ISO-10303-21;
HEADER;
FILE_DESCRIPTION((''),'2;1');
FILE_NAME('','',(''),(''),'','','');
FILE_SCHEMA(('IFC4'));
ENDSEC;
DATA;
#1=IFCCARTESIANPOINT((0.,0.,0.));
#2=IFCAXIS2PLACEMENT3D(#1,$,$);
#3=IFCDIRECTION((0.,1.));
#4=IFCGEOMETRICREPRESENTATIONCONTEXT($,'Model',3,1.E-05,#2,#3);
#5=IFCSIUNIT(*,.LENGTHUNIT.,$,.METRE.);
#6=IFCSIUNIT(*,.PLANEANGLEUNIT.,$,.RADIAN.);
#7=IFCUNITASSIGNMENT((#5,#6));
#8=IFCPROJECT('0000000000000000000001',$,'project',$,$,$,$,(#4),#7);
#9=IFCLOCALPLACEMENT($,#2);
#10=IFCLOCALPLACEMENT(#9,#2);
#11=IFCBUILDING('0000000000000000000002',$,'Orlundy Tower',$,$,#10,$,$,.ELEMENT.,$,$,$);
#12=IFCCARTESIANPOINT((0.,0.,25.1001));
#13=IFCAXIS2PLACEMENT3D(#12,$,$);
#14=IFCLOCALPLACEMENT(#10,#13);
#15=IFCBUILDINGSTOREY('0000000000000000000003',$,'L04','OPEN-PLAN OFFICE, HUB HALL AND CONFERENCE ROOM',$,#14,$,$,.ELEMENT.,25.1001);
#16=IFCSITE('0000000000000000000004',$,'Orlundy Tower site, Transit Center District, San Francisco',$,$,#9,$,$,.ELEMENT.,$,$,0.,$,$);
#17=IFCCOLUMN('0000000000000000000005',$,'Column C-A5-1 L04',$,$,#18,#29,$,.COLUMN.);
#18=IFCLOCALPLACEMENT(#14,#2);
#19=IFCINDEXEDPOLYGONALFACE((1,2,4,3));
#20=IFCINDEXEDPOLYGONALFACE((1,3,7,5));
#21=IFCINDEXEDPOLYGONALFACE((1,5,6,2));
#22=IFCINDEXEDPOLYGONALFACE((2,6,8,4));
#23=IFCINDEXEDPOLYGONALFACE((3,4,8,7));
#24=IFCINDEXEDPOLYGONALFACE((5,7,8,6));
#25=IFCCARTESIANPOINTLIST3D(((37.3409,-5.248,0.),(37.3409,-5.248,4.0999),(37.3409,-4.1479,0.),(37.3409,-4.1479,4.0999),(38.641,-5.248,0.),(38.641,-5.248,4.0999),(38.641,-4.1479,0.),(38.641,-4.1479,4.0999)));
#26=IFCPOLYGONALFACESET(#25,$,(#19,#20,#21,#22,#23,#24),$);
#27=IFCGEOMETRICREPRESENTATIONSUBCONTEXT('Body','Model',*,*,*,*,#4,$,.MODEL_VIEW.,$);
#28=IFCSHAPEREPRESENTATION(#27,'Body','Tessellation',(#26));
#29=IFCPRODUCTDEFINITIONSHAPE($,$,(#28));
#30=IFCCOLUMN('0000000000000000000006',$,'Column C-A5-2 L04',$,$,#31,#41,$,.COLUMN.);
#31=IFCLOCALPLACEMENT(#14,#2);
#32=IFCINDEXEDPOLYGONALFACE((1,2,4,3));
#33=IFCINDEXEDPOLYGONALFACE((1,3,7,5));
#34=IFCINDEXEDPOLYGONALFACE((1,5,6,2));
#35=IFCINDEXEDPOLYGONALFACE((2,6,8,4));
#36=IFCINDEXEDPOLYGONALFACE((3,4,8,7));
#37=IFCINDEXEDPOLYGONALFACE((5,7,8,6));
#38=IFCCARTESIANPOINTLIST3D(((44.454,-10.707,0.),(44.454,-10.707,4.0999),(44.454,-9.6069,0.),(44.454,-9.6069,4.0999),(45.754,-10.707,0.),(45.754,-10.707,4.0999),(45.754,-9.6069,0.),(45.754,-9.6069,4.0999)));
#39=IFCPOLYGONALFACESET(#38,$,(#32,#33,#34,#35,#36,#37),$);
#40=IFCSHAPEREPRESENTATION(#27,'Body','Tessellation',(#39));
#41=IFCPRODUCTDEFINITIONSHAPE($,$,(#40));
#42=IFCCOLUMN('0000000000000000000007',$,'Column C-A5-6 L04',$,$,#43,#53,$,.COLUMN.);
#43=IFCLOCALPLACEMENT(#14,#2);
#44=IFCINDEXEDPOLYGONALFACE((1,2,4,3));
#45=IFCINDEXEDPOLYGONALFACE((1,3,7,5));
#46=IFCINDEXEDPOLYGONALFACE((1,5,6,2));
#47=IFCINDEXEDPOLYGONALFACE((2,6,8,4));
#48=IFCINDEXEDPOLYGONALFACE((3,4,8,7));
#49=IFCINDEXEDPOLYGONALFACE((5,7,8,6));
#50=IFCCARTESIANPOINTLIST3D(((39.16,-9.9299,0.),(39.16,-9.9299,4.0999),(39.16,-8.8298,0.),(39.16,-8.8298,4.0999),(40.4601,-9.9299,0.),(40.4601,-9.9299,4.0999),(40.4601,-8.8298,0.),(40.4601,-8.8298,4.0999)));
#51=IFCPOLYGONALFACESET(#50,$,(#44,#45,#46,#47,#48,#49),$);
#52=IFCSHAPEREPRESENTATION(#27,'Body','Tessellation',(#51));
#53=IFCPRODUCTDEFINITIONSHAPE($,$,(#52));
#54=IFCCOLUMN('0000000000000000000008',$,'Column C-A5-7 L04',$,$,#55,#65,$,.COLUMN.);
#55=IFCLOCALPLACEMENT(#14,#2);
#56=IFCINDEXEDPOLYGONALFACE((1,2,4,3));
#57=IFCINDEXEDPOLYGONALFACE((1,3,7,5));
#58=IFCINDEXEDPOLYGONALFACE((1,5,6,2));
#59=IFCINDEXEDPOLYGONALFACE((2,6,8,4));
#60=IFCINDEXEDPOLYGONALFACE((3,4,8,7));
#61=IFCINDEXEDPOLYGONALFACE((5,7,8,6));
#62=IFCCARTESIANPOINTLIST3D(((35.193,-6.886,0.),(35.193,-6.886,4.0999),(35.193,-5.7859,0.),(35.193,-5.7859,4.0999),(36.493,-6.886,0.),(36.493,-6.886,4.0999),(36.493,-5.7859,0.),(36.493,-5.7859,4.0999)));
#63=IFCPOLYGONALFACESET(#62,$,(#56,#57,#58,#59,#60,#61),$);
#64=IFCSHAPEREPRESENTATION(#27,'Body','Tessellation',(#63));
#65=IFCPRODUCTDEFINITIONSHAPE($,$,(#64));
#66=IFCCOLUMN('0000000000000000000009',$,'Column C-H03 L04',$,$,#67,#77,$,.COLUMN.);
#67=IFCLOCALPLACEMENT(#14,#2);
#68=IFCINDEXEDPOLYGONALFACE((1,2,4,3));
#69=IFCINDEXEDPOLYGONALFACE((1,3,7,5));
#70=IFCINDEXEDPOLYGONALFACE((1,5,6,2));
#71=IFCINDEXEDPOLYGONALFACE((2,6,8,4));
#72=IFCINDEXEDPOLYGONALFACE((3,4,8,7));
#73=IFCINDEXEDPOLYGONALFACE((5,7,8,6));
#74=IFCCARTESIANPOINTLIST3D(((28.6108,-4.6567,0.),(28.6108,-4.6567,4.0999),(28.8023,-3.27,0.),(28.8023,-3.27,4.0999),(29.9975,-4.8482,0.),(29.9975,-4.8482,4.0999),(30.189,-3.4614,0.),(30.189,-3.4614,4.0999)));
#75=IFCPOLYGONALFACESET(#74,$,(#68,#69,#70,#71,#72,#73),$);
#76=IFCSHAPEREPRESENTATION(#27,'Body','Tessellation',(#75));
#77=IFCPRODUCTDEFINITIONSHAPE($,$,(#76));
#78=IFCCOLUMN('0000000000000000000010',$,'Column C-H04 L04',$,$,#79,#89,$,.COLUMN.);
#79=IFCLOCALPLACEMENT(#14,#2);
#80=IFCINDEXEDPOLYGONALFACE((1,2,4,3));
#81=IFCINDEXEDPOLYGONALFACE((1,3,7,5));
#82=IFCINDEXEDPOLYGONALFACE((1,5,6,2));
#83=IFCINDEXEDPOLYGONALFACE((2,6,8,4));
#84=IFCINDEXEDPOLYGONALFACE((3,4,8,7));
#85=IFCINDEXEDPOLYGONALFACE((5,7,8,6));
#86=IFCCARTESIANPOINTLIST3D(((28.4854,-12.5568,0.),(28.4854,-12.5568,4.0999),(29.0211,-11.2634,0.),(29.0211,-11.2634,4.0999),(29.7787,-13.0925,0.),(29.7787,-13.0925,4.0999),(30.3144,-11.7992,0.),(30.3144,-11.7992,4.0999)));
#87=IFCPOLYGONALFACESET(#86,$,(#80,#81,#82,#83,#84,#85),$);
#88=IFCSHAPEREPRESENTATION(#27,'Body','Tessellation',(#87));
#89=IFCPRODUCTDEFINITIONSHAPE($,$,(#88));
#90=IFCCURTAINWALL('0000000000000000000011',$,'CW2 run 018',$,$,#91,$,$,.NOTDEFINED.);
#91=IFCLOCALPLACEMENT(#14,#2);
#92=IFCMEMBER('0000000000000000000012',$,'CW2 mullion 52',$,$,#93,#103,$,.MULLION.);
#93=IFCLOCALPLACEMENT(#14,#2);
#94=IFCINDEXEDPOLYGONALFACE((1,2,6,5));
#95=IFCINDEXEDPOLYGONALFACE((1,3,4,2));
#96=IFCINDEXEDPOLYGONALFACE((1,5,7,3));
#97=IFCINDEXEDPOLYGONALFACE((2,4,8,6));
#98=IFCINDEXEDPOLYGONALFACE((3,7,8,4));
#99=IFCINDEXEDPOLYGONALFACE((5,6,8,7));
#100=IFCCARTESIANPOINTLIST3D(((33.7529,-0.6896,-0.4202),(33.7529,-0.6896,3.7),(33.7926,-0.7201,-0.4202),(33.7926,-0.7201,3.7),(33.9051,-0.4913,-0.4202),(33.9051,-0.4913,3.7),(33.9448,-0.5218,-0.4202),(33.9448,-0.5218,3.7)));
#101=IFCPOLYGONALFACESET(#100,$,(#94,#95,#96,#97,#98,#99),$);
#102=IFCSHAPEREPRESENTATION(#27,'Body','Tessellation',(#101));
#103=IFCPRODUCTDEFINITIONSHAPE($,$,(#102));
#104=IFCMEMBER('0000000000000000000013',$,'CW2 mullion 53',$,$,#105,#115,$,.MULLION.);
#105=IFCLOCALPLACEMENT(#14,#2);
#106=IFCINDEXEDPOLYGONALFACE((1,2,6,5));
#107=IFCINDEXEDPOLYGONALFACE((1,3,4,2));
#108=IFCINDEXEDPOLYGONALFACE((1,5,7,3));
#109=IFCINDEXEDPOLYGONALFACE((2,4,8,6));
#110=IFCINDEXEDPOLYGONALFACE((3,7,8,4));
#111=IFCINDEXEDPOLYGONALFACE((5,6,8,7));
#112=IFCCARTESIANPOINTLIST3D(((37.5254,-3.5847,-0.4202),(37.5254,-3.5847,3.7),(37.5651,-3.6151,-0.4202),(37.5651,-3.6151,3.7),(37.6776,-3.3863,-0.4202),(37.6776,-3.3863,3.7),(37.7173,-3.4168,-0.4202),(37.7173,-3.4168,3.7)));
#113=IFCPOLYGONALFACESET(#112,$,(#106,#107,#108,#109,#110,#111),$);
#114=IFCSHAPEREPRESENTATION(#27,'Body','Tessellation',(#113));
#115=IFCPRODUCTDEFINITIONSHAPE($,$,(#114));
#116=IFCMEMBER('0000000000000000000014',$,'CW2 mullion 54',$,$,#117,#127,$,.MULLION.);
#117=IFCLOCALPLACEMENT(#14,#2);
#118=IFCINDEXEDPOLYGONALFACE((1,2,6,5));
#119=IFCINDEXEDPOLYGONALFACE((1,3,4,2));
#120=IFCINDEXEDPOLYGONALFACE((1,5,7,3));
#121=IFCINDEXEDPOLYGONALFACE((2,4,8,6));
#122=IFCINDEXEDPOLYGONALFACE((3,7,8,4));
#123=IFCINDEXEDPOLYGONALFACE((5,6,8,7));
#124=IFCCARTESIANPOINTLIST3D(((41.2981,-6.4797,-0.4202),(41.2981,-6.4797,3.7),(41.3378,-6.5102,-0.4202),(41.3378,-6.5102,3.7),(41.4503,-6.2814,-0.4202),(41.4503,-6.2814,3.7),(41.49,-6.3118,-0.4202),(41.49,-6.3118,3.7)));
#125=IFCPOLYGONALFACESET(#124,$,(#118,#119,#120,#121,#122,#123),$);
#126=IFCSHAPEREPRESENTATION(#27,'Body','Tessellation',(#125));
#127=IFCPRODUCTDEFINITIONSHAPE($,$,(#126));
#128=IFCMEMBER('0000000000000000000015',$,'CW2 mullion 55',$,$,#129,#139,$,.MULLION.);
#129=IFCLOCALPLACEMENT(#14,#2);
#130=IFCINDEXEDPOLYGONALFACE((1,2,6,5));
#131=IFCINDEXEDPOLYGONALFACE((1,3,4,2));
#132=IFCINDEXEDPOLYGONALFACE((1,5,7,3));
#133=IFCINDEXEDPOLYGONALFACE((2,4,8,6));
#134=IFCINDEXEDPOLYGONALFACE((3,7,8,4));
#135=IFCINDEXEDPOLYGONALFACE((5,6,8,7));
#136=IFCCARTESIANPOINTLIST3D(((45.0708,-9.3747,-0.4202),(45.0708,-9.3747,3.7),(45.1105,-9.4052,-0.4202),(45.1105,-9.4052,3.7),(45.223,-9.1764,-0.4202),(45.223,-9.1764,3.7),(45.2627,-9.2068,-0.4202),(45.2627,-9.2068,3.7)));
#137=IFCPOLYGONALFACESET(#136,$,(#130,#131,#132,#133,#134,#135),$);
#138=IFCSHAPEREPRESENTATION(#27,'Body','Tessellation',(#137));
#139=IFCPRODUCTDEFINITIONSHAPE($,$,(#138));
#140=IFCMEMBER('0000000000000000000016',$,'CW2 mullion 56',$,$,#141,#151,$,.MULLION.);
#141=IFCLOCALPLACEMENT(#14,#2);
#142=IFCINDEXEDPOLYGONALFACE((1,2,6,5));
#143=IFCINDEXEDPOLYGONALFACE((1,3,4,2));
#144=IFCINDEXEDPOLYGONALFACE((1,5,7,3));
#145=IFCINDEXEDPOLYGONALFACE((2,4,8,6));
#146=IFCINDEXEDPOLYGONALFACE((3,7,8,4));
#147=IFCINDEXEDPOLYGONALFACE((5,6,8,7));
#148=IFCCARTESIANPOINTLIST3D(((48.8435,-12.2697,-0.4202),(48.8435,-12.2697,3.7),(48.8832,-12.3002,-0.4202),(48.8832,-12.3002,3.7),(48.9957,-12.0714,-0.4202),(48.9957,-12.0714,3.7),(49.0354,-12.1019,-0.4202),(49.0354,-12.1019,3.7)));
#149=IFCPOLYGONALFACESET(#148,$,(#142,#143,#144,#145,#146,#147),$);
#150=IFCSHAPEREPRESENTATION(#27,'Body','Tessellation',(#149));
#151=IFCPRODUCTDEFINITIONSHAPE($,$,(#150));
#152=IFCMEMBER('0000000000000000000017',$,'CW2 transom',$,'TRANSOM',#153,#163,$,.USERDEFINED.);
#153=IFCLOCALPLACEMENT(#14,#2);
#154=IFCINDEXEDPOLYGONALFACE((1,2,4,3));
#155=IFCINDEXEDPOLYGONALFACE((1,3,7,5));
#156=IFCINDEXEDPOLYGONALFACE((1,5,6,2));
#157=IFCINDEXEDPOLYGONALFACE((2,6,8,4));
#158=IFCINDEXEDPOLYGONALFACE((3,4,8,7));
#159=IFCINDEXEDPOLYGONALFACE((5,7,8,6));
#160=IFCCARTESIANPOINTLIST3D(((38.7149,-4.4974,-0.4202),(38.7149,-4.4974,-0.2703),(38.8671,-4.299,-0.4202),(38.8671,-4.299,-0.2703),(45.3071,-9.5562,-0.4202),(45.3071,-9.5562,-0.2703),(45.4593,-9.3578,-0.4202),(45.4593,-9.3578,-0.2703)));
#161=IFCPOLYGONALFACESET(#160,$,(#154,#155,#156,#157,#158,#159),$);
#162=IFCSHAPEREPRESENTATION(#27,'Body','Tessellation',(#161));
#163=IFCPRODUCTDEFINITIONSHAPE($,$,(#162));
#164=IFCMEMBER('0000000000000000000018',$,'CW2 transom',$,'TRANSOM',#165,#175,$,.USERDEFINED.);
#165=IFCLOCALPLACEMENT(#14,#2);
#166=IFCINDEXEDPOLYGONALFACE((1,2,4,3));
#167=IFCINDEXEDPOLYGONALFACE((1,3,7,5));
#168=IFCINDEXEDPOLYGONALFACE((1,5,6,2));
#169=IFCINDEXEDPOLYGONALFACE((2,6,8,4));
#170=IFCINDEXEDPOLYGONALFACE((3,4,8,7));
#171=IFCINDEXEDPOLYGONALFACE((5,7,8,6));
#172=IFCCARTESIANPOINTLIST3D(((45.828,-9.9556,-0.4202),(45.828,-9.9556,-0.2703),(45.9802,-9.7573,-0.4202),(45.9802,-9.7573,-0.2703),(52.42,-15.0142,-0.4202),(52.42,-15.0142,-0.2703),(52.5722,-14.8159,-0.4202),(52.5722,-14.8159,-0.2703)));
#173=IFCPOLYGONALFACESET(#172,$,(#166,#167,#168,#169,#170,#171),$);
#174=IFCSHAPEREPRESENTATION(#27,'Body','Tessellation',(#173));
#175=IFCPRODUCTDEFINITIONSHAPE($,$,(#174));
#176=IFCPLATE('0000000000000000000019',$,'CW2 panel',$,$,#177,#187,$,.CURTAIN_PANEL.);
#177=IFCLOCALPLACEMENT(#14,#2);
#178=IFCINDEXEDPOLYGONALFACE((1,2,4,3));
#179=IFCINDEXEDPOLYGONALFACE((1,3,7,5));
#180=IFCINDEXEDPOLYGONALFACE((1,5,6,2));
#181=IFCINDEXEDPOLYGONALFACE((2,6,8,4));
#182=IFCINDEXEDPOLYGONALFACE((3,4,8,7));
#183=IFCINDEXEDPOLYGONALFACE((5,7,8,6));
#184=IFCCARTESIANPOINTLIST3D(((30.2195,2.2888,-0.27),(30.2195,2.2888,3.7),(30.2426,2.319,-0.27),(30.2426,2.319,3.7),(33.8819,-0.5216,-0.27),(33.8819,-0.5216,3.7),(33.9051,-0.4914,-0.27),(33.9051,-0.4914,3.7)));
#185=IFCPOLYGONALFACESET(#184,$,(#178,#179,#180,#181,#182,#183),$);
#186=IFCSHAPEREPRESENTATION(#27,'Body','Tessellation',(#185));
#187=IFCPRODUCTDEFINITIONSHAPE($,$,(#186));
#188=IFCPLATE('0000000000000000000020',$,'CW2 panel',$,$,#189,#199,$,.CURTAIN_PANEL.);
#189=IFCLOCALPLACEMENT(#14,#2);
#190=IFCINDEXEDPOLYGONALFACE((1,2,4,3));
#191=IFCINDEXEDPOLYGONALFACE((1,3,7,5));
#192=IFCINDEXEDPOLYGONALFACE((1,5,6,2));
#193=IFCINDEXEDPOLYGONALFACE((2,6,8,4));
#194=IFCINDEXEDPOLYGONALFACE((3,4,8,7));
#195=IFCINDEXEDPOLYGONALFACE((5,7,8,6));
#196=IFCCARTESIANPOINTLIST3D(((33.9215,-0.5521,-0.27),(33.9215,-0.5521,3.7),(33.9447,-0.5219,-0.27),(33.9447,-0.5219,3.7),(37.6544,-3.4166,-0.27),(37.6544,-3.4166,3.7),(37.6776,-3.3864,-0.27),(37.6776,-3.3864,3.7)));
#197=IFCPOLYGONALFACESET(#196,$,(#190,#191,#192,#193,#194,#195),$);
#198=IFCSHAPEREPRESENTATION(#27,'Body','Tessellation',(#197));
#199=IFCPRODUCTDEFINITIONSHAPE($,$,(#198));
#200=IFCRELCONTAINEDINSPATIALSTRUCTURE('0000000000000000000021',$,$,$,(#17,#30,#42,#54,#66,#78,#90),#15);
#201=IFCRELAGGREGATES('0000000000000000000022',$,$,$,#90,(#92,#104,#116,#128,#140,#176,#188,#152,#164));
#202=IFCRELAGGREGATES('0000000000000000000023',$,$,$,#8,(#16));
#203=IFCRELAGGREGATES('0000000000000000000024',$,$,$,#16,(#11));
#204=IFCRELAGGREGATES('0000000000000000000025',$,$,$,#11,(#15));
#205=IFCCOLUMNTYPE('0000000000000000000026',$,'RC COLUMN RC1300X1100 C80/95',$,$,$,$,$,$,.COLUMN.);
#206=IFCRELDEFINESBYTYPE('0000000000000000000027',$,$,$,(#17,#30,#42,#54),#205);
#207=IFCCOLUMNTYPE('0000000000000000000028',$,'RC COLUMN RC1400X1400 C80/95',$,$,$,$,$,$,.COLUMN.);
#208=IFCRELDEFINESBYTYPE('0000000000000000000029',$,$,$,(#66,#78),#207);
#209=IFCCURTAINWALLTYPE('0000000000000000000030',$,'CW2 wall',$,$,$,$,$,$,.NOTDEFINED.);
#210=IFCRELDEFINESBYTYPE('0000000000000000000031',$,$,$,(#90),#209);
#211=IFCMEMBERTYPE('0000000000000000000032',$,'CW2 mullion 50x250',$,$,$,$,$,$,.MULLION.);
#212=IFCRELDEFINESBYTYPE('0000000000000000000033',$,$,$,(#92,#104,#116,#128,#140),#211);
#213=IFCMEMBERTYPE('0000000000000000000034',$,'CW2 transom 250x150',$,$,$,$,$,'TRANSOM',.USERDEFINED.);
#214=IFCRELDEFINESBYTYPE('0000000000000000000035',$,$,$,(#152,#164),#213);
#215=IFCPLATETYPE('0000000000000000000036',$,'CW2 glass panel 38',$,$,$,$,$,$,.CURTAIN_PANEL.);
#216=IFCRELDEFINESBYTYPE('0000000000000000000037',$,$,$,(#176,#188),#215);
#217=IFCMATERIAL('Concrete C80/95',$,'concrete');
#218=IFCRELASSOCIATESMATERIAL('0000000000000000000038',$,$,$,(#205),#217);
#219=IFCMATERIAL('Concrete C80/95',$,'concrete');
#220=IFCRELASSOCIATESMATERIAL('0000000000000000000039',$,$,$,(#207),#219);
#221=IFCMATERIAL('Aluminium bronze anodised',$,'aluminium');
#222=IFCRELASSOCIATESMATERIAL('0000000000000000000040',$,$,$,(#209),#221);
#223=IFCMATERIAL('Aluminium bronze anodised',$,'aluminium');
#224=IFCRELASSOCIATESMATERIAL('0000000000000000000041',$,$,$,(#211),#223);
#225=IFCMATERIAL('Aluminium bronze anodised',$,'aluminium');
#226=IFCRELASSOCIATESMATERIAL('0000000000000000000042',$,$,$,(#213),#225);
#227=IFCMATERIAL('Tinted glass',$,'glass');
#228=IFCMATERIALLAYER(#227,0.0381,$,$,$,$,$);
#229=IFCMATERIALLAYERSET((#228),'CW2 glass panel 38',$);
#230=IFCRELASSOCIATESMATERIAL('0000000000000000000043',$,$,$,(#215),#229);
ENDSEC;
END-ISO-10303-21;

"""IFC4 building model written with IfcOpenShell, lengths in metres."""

from ifc_helpers import new_model, si_unit, direction, frame, origin, origin_2d, place, context, subcontext, project, spatial, rectangle, extrude, material, layer, layer_set, material_profile, profile_set, type_object, element, aggregate, save


model = new_model("IFC4")

# Units and contexts
model_context = context("Model", 3, precision=1e-05, world=origin(), true_north=direction((0.0, 1.0)))
body_context = subcontext(model_context, "Body", "Model", "MODEL_VIEW")
ifc_project = project(units=[si_unit("LENGTHUNIT", "METRE"), si_unit("PLANEANGLEUNIT", "RADIAN")], contexts=[model_context])

# Site, building, storey
site_placement = place(None, origin())
site = spatial("IfcSite", under=ifc_project, at=site_placement, Name="Orlundy Tower site, Transit Center District, San Francisco", CompositionType="ELEMENT", RefElevation=0.0)
building_placement = place(site_placement, origin())
building = spatial("IfcBuilding", under=site, at=building_placement, Name="Orlundy Tower", CompositionType="ELEMENT")
storey_placement = place(building_placement, frame((0.0, 0.0, 25.1001)))
storey = spatial("IfcBuildingStorey", under=building, at=storey_placement, Name="L04", Description="OPEN-PLAN OFFICE, HUB HALL AND CONFERENCE ROOM", CompositionType="ELEMENT", Elevation=25.1001)

# Columns
ifc_material_1 = material(Name="Concrete C80/95", Category="concrete")
ifc_material_profile_1 = material_profile(ifc_material_1, rectangle(XDim=1.3, YDim=1.1001, at=origin_2d()), Name="RC1300X1100")
ifc_profile_set_1 = profile_set([ifc_material_profile_1], Name="Concrete C80/95")
column_type_1 = type_object("IfcColumnType", Name="RC COLUMN RC1300X1100 C80/95", PredefinedType="COLUMN", material=ifc_profile_set_1)
for number, where, z_axis, x_axis, name in (
    (1, (37.991, -4.698, 0.0), (0.0, 0.0, 1.0), (1.0, 0.0, 0.0), "Column C-A5-1 L04"),
    (2, (45.104, -10.157, 0.0), (0.0, 0.0, 1.0), (1.0, 0.0, 0.0), "Column C-A5-2 L04"),
    (3, (39.8101, -9.3799, 0.0), (0.0, 0.0, 1.0), (1.0, 0.0, 0.0), "Column C-A5-6 L04"),
    (4, (35.843, -6.3359, 0.0), (0.0, 0.0, 1.0), (1.0, 0.0, 0.0), "Column C-A5-7 L04"),
):
    element("IfcColumn", number, at=place(storey_placement, frame(where, z_axis=z_axis, x_axis=x_axis)), inside=storey, type_object=column_type_1, Name=name, PredefinedType="COLUMN", context=body_context, shape_type="SweptSolid", body=[
        extrude(rectangle(XDim=1.3, YDim=1.1001, at=origin_2d()), origin(), (0.0, 0.0, 1.0), 4.0999),
    ])
ifc_material_2 = material(Name="Concrete C80/95", Category="concrete")
ifc_material_profile_2 = material_profile(ifc_material_2, rectangle(XDim=1.3999, YDim=1.3999, at=origin_2d()), Name="RC1400X1400")
ifc_profile_set_2 = profile_set([ifc_material_profile_2], Name="Concrete C80/95")
column_type_2 = type_object("IfcColumnType", Name="RC COLUMN RC1400X1400 C80/95", PredefinedType="COLUMN", material=ifc_profile_set_2)
for number, where, z_axis, x_axis, name in (
    (5, (29.3999, -4.0591, 0.0), (0.0, 0.0, 1.0), (0.990603, -0.13677, 0.0), "Column C-H03 L04"),
    (6, (29.3999, -12.178, 0.0), (0.0, 0.0, 1.0), (0.92388, -0.382683, 0.0), "Column C-H04 L04"),
):
    element("IfcColumn", number, at=place(storey_placement, frame(where, z_axis=z_axis, x_axis=x_axis)), inside=storey, type_object=column_type_2, Name=name, PredefinedType="COLUMN", context=body_context, shape_type="SweptSolid", body=[
        extrude(rectangle(XDim=1.3999, YDim=1.3999, at=origin_2d()), origin(), (0.0, 0.0, 1.0), 4.0999),
    ])

# Curtain wall, members, plates
ifc_material_3 = material(Name="Aluminium bronze anodised", Category="aluminium")
curtain_wall_type = type_object("IfcCurtainWallType", Name="CW2 wall", PredefinedType="NOTDEFINED", material=ifc_material_3)
curtain_wall_placement = place(storey_placement, origin())
curtain_wall = element("IfcCurtainWall", 7, at=curtain_wall_placement, inside=storey, type_object=curtain_wall_type, Name="CW2 run 018", PredefinedType="NOTDEFINED")
ifc_material_4 = material(Name="Aluminium bronze anodised", Category="aluminium")
ifc_material_profile_3 = material_profile(ifc_material_4, rectangle(XDim=0.25, YDim=0.05, at=origin_2d()), Name="CW2 mullion 50x250")
ifc_profile_set_3 = profile_set([ifc_material_profile_3], Name="Aluminium bronze anodised")
member_type_1 = type_object("IfcMemberType", Name="CW2 mullion 50x250", PredefinedType="MULLION", material=ifc_profile_set_3)
member_1_placement = place(storey_placement, frame((33.8489, -0.6057, -0.4202), z_axis=(0.0, 0.0, 1.0), x_axis=(0.608779, 0.79334, 0.0)))
member_1 = element("IfcMember", 8, at=member_1_placement, type_object=member_type_1, Name="CW2 mullion 52", PredefinedType="MULLION", context=body_context, shape_type="SweptSolid", body=[
    extrude(rectangle(XDim=0.25, YDim=0.05, at=origin_2d()), origin(), (0.0, 0.0, 1.0), 4.1201),
])
member_2_placement = place(storey_placement, frame((37.6213, -3.5007, -0.4202), z_axis=(0.0, 0.0, 1.0), x_axis=(0.608779, 0.79334, 0.0)))
member_2 = element("IfcMember", 9, at=member_2_placement, type_object=member_type_1, Name="CW2 mullion 53", PredefinedType="MULLION", context=body_context, shape_type="SweptSolid", body=[
    extrude(rectangle(XDim=0.25, YDim=0.05, at=origin_2d()), origin(), (0.0, 0.0, 1.0), 4.1201),
])
member_3_placement = place(storey_placement, frame((41.394, -6.3958, -0.4202), z_axis=(0.0, 0.0, 1.0), x_axis=(0.608779, 0.79334, 0.0)))
member_3 = element("IfcMember", 10, at=member_3_placement, type_object=member_type_1, Name="CW2 mullion 54", PredefinedType="MULLION", context=body_context, shape_type="SweptSolid", body=[
    extrude(rectangle(XDim=0.25, YDim=0.05, at=origin_2d()), origin(), (0.0, 0.0, 1.0), 4.1201),
])
member_4_placement = place(storey_placement, frame((45.1667, -9.2908, -0.4202), z_axis=(0.0, 0.0, 1.0), x_axis=(0.608779, 0.79334, 0.0)))
member_4 = element("IfcMember", 11, at=member_4_placement, type_object=member_type_1, Name="CW2 mullion 55", PredefinedType="MULLION", context=body_context, shape_type="SweptSolid", body=[
    extrude(rectangle(XDim=0.25, YDim=0.05, at=origin_2d()), origin(), (0.0, 0.0, 1.0), 4.1201),
])
member_5_placement = place(storey_placement, frame((48.9395, -12.1858, -0.4202), z_axis=(0.0, 0.0, 1.0), x_axis=(0.608779, 0.79334, 0.0)))
member_5 = element("IfcMember", 12, at=member_5_placement, type_object=member_type_1, Name="CW2 mullion 56", PredefinedType="MULLION", context=body_context, shape_type="SweptSolid", body=[
    extrude(rectangle(XDim=0.25, YDim=0.05, at=origin_2d()), origin(), (0.0, 0.0, 1.0), 4.1201),
])
ifc_material_5 = material(Name="Aluminium bronze anodised", Category="aluminium")
ifc_material_profile_4 = material_profile(ifc_material_5, rectangle(XDim=0.25, YDim=0.1499, at=origin_2d()), Name="CW2 transom 250x150")
ifc_profile_set_4 = profile_set([ifc_material_profile_4], Name="Aluminium bronze anodised")
member_type_2 = type_object("IfcMemberType", Name="CW2 transom 250x150", ElementType="TRANSOM", PredefinedType="USERDEFINED", material=ifc_profile_set_4)
member_6_placement = place(storey_placement, frame((38.791, -4.3982, -0.3452), z_axis=(0.79333, -0.608792, 0.0), x_axis=(0.608792, 0.79333, 0.0)))
member_6 = element("IfcMember", 13, at=member_6_placement, type_object=member_type_2, Name="CW2 transom", ObjectType="TRANSOM", PredefinedType="USERDEFINED", context=body_context, shape_type="SweptSolid", body=[
    extrude(rectangle(XDim=0.25, YDim=0.1499, at=origin_2d()), origin(), (0.0, 0.0, 1.0), 8.3096),
])
member_7_placement = place(storey_placement, frame((45.9041, -9.8564, -0.3452), z_axis=(0.793333, -0.608787, 0.0), x_axis=(0.608787, 0.793333, 0.0)))
member_7 = element("IfcMember", 14, at=member_7_placement, type_object=member_type_2, Name="CW2 transom", ObjectType="TRANSOM", PredefinedType="USERDEFINED", context=body_context, shape_type="SweptSolid", body=[
    extrude(rectangle(XDim=0.25, YDim=0.1499, at=origin_2d()), origin(), (0.0, 0.0, 1.0), 8.3093),
])
ifc_material_6 = material(Name="Tinted glass", Category="glass")
ifc_layer_1 = layer(ifc_material_6, 0.0381)
ifc_layer_set_1 = layer_set([ifc_layer_1], Name="CW2 glass panel 38")
plate_type = type_object("IfcPlateType", Name="CW2 glass panel 38", PredefinedType="CURTAIN_PANEL", material=ifc_layer_set_1)
plate_1_placement = place(storey_placement, frame((32.0623, 0.8987, -0.27), z_axis=(0.0, 0.0, 1.0), x_axis=(0.79334, -0.608779, 0.0)))
plate_1 = element("IfcPlate", 15, at=plate_1_placement, type_object=plate_type, Name="CW2 panel", PredefinedType="CURTAIN_PANEL", context=body_context, shape_type="SweptSolid", body=[
    extrude(rectangle(XDim=4.6165, YDim=0.0381, at=origin_2d()), origin(), (0.0, 0.0, 1.0), 3.97),
])
plate_2_placement = place(storey_placement, frame((35.7996, -1.9692, -0.27), z_axis=(0.0, 0.0, 1.0), x_axis=(0.79334, -0.608779, 0.0)))
plate_2 = element("IfcPlate", 16, at=plate_2_placement, type_object=plate_type, Name="CW2 panel", PredefinedType="CURTAIN_PANEL", context=body_context, shape_type="SweptSolid", body=[
    extrude(rectangle(XDim=4.7053, YDim=0.0381, at=origin_2d()), origin(), (0.0, 0.0, 1.0), 3.97),
])
aggregate(curtain_wall, [member_1, member_2, member_3, member_4, member_5, plate_1, plate_2, member_6, member_7])

save(model, "model.ifc")
